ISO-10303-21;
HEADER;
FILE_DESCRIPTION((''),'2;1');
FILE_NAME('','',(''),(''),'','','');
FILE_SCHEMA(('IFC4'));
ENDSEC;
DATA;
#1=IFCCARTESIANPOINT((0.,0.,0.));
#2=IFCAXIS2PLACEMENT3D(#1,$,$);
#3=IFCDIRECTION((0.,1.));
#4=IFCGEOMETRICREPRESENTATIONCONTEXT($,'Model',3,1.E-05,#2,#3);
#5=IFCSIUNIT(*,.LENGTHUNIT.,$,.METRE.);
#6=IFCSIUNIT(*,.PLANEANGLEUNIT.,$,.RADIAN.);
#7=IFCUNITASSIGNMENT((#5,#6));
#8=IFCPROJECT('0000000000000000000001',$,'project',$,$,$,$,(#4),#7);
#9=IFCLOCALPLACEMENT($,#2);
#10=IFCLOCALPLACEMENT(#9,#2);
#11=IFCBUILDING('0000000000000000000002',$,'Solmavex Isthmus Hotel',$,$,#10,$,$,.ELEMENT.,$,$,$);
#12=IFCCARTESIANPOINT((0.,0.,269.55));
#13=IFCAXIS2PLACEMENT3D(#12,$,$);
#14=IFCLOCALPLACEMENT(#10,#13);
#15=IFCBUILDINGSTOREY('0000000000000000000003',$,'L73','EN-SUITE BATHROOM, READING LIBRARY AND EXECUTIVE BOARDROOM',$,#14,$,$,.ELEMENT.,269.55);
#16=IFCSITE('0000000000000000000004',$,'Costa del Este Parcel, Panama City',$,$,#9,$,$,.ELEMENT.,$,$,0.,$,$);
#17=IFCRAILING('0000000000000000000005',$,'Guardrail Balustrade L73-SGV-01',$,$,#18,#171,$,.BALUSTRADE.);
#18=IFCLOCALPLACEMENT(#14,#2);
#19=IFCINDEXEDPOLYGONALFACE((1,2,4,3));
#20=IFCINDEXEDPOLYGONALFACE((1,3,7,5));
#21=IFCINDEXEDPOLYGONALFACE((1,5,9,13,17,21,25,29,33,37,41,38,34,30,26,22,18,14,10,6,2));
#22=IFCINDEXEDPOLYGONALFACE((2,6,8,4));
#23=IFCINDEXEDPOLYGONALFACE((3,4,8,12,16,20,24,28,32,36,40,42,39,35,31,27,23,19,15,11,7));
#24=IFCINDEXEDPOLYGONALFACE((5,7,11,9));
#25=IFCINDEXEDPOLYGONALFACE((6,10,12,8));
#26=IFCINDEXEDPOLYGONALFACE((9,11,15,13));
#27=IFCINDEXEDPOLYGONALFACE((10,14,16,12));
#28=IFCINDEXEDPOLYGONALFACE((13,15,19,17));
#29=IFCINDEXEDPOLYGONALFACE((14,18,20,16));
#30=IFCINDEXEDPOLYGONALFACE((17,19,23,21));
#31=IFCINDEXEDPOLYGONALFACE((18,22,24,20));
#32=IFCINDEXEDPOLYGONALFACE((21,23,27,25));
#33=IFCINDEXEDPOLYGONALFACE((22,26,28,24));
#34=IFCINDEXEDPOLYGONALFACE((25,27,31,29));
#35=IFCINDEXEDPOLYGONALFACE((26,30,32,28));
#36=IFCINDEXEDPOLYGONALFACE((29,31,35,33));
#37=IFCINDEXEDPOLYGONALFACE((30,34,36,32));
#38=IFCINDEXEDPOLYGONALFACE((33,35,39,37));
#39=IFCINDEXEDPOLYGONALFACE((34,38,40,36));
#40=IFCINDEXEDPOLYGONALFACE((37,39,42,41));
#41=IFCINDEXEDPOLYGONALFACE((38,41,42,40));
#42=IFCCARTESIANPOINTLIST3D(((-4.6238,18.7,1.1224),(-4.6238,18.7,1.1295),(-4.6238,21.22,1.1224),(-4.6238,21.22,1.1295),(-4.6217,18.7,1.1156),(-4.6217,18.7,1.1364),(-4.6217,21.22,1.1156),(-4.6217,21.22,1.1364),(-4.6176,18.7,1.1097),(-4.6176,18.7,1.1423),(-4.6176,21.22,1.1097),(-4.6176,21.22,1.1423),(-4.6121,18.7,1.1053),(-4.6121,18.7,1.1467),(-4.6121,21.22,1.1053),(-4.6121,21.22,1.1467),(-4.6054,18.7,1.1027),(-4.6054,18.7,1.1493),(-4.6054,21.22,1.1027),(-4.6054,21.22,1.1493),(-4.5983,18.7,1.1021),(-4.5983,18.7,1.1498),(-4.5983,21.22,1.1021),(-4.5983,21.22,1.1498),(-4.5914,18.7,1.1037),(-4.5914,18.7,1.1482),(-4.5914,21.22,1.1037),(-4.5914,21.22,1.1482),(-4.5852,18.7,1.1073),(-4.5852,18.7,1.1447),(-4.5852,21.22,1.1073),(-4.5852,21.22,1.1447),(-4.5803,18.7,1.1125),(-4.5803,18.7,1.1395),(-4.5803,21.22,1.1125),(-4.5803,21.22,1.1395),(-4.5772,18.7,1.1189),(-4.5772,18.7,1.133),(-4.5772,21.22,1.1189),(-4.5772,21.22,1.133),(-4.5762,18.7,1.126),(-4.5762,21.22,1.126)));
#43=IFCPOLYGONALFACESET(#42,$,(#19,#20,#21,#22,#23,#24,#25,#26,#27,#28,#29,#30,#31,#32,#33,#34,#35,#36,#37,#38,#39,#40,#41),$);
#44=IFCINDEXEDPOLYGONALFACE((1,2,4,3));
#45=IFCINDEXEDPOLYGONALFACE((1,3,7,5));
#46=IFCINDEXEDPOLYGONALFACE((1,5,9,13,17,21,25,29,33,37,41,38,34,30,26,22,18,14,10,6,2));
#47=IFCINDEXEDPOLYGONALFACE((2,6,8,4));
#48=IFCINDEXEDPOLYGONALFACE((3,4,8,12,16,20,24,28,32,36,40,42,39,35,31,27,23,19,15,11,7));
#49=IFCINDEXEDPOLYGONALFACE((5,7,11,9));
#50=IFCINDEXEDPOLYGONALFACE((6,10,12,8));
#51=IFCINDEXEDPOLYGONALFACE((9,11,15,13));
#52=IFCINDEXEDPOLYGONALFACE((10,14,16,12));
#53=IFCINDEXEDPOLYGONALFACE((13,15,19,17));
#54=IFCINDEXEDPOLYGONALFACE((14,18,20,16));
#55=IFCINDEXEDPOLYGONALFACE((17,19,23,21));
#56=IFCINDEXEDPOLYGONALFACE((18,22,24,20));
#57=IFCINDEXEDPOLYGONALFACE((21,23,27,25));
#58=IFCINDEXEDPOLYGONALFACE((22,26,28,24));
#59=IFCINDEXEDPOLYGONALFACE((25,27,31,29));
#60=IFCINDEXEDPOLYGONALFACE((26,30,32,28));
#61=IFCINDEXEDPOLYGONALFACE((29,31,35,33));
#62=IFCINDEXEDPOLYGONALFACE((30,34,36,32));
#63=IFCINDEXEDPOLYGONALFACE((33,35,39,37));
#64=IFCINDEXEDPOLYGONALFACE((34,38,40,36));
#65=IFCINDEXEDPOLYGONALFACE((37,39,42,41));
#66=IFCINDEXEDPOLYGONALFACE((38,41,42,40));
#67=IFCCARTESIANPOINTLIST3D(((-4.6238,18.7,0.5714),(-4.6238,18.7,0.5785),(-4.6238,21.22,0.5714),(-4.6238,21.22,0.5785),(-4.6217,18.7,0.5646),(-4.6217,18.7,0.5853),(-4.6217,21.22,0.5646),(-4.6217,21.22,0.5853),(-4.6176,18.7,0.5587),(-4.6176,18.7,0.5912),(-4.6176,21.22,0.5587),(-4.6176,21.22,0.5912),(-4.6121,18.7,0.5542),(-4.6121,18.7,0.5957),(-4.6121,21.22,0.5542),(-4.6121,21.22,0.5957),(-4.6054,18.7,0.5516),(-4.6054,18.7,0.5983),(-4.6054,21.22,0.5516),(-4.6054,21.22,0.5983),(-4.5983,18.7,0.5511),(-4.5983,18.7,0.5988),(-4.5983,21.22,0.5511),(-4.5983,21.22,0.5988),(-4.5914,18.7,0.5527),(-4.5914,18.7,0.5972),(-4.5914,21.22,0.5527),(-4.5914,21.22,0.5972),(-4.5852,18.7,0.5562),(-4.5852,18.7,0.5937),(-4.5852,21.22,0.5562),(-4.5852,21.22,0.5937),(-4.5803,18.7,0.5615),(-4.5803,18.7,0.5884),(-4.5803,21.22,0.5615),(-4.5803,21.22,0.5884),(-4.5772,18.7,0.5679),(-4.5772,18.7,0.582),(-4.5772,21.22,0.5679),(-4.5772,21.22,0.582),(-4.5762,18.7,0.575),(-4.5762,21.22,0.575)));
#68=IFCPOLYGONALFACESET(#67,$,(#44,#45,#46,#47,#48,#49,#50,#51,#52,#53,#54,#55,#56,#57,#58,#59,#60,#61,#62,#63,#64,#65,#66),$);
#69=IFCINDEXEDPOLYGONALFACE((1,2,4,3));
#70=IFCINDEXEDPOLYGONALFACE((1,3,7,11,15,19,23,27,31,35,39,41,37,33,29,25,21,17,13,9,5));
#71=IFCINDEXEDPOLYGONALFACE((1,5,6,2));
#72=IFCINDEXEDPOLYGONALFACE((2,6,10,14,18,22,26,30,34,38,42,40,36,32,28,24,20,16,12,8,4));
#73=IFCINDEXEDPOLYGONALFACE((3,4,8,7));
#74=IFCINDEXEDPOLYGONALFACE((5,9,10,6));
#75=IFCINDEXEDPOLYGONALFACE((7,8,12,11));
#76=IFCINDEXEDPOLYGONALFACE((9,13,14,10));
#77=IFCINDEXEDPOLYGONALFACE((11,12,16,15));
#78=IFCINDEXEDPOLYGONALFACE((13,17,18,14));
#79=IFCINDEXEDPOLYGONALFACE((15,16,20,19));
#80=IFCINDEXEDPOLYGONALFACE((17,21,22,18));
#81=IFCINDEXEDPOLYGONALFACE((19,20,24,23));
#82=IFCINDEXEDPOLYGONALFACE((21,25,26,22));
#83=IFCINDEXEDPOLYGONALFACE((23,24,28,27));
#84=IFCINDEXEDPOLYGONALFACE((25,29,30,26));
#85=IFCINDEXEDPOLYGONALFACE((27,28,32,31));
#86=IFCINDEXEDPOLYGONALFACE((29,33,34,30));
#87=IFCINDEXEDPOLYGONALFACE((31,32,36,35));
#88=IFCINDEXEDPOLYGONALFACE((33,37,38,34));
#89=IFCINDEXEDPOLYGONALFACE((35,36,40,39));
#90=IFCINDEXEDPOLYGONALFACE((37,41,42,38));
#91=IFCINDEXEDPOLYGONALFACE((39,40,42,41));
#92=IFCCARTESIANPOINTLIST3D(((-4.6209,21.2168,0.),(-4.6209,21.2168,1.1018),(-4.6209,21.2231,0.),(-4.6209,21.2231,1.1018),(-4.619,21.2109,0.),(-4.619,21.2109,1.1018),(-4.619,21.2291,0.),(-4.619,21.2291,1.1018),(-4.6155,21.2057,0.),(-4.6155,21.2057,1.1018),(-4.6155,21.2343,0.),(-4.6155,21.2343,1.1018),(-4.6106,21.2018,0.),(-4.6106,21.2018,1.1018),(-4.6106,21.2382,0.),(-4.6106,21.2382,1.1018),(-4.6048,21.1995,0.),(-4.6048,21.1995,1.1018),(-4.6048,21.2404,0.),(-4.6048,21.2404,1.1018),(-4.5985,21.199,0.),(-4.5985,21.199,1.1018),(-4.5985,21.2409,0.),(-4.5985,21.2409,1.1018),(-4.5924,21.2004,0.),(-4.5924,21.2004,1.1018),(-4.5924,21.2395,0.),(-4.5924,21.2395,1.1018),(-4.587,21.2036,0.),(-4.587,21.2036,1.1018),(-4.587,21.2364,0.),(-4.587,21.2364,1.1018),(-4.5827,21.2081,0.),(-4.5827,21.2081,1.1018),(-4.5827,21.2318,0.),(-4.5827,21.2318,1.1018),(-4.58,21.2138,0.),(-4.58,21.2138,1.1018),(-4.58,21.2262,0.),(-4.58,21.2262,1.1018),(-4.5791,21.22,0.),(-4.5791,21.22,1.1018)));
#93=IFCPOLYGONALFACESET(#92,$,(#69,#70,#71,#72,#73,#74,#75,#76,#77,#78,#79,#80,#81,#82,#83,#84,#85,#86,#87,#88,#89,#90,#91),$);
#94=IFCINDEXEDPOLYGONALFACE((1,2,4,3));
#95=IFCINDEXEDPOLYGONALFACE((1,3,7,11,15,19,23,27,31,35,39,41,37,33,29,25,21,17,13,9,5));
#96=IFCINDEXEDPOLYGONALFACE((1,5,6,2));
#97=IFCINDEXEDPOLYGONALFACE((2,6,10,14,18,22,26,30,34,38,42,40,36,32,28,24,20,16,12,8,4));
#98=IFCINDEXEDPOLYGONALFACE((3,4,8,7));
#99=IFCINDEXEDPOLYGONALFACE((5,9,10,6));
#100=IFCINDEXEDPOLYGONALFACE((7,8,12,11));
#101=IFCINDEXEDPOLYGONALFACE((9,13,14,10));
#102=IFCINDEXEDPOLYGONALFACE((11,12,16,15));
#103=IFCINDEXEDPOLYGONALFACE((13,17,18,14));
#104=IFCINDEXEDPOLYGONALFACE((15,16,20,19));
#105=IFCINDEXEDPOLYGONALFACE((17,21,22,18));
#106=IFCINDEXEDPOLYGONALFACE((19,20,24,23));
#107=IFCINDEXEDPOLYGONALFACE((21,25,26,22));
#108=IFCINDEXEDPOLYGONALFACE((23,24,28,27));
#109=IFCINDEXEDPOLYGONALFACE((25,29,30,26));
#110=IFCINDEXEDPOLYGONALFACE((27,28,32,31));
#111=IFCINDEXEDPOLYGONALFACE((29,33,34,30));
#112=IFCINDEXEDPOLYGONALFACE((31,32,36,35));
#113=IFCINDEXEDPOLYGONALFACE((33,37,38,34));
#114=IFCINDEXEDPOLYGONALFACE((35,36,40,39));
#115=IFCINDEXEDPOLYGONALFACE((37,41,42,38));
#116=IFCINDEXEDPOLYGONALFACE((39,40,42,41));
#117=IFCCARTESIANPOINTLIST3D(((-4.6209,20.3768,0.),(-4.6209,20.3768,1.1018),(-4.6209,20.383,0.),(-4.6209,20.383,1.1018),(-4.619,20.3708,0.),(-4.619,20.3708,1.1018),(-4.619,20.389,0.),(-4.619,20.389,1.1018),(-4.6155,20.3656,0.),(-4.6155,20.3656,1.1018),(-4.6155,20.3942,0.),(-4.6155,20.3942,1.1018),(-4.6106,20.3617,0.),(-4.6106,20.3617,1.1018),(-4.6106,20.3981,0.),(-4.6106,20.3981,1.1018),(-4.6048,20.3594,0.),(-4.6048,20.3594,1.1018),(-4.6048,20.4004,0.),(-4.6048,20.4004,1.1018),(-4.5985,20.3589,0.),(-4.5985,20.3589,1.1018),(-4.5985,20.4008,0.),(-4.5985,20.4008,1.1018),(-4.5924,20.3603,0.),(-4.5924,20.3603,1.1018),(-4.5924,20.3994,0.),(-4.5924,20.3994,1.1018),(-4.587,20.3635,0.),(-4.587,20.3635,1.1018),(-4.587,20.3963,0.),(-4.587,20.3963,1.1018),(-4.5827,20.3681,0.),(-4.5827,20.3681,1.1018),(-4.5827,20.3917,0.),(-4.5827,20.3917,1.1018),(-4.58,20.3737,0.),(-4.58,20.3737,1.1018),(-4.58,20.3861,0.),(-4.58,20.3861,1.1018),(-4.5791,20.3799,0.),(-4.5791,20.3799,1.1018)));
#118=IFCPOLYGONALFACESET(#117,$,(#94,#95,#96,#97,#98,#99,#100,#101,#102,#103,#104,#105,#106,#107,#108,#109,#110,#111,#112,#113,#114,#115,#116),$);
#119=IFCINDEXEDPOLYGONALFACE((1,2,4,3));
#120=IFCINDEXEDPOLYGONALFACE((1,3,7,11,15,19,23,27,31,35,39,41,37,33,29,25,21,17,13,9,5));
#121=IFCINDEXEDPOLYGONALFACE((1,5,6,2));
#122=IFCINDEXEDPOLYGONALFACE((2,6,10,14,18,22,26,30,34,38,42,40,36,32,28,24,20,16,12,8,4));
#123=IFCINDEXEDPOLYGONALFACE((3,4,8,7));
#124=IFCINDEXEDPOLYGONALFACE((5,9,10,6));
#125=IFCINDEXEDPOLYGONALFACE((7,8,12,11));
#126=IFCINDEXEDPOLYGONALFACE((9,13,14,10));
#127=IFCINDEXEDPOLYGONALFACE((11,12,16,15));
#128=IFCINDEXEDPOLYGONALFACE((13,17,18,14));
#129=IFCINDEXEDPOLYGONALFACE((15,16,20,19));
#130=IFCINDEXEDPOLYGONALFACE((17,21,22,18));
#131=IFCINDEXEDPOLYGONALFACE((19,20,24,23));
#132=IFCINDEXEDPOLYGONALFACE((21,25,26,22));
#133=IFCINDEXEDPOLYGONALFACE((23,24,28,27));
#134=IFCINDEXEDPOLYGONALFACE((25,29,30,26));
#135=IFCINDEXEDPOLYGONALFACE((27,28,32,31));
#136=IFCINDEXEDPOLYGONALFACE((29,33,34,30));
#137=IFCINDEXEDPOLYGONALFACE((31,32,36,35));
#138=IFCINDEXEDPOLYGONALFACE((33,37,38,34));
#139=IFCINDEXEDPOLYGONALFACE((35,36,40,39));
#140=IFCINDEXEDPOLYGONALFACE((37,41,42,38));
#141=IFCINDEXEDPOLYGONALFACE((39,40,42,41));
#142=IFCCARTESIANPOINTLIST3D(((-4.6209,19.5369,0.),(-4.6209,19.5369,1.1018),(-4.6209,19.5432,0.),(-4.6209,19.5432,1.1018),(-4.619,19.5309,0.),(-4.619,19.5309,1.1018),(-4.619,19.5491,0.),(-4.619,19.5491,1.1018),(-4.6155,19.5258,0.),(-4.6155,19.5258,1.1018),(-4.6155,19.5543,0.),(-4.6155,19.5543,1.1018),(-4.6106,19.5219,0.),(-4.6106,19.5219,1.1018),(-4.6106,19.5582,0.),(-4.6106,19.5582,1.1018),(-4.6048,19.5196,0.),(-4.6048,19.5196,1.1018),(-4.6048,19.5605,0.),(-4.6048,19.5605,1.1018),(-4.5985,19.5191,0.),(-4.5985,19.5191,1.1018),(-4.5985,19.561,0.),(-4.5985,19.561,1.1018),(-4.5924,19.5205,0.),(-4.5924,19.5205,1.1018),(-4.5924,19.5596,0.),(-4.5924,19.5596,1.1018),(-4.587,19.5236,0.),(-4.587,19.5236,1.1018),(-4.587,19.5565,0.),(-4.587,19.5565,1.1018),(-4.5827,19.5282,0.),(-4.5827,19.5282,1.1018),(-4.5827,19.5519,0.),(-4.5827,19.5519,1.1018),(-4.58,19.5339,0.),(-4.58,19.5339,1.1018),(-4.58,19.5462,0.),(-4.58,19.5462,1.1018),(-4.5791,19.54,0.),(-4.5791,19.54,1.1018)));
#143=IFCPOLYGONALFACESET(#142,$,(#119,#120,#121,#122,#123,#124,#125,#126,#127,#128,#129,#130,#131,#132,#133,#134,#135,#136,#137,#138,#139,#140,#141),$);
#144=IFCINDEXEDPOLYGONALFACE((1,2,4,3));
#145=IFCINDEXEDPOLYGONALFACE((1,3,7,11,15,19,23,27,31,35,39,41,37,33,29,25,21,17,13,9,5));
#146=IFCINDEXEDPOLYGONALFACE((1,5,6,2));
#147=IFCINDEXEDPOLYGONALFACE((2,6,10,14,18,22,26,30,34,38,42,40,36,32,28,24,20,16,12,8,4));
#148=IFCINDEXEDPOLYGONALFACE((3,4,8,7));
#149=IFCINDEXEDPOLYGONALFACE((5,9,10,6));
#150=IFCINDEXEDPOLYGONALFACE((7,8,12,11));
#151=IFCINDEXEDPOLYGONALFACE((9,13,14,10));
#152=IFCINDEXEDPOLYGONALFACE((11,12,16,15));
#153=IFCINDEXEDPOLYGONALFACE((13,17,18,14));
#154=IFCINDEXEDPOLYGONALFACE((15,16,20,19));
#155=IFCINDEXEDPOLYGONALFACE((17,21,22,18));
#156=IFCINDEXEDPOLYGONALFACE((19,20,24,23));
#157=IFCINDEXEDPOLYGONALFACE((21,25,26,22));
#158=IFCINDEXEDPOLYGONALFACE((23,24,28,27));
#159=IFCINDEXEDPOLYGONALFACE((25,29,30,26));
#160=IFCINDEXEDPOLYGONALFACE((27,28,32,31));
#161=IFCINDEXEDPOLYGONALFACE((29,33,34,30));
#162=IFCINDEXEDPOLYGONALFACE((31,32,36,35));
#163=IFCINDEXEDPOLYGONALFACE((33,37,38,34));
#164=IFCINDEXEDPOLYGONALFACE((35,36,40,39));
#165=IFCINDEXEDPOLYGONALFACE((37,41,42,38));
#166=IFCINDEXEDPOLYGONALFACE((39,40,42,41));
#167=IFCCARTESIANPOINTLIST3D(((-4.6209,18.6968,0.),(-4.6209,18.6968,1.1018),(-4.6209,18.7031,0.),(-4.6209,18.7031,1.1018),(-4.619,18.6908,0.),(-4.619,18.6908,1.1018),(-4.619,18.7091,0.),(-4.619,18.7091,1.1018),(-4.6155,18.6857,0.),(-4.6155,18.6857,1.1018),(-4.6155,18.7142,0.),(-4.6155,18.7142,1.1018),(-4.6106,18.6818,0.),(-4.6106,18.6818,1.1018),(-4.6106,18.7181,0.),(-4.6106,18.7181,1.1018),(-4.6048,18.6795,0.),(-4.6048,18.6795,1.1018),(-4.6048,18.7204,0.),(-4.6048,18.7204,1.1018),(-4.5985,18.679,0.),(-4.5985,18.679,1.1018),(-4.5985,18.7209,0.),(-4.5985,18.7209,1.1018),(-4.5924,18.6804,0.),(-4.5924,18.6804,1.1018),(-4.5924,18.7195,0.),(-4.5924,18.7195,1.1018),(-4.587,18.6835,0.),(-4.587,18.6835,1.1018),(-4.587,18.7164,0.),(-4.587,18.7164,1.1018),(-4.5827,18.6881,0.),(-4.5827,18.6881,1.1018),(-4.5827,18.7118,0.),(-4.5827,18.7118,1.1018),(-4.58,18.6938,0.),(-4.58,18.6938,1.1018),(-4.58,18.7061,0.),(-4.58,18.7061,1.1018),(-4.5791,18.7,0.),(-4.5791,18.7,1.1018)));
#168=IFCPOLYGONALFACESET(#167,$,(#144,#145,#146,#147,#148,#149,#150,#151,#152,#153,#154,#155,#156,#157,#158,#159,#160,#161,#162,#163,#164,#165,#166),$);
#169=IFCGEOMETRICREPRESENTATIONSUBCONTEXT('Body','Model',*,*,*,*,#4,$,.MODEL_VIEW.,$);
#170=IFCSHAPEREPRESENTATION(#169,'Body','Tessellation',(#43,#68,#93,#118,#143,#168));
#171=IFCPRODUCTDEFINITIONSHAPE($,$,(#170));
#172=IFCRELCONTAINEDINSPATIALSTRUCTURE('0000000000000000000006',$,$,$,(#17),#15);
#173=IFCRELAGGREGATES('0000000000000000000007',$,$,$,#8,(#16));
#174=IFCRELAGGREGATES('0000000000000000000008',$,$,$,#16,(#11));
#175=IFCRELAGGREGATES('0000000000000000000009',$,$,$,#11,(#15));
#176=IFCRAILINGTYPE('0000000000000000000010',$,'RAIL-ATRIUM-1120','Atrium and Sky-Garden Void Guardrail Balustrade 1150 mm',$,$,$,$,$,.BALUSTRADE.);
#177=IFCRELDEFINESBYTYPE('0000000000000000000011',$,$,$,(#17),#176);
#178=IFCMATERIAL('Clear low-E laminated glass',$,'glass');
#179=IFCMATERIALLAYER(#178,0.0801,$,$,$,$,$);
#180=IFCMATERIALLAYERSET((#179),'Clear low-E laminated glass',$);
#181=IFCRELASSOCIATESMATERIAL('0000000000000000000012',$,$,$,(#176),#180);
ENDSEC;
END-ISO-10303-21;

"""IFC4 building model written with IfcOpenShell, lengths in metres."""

from ifc_helpers import new_model, si_unit, direction, frame, origin, origin_2d, place, context, subcontext, project, spatial, circle, extrude, material, layer, layer_set, type_object, element, save


model = new_model("IFC4")

# Units and contexts
model_context = context("Model", 3, precision=1e-05, world=origin(), true_north=direction((0.0, 1.0)))
body_context = subcontext(model_context, "Body", "Model", "MODEL_VIEW")
ifc_project = project(units=[si_unit("LENGTHUNIT", "METRE"), si_unit("PLANEANGLEUNIT", "RADIAN")], contexts=[model_context])

# Site, building, storey
site_placement = place(None, origin())
site = spatial("IfcSite", under=ifc_project, at=site_placement, Name="Costa del Este Parcel, Panama City", CompositionType="ELEMENT", RefElevation=0.0)
building_placement = place(site_placement, origin())
building = spatial("IfcBuilding", under=site, at=building_placement, Name="Solmavex Isthmus Hotel", CompositionType="ELEMENT")
storey_placement = place(building_placement, frame((0.0, 0.0, 269.55)))
storey = spatial("IfcBuildingStorey", under=building, at=storey_placement, Name="L73", Description="EN-SUITE BATHROOM, READING LIBRARY AND EXECUTIVE BOARDROOM", CompositionType="ELEMENT", Elevation=269.55)

# Shared definitions
ifc_material_1 = material(Name="Clear low-E laminated glass", Category="glass")

# Railing
ifc_layer_1 = layer(ifc_material_1, 0.0801)
ifc_layer_set_1 = layer_set([ifc_layer_1], Name="Clear low-E laminated glass")
railing_type_1 = type_object("IfcRailingType", Name="RAIL-ATRIUM-1120", Description="Atrium and Sky-Garden Void Guardrail Balustrade 1150 mm", PredefinedType="BALUSTRADE", material=ifc_layer_set_1)
railing_1_placement = place(storey_placement, frame((-4.6001, 21.22, 0.0)))
element("IfcRailing", 1, at=railing_1_placement, inside=storey, type_object=railing_type_1, Name="Guardrail Balustrade L73-SGV-01", PredefinedType="BALUSTRADE", context=body_context, shape_type="SweptSolid", body=[
    extrude(circle(Radius=0.0239, at=origin_2d()), frame((0.0, 0.0, 1.126), z_axis=(0.0, -1.0, 0.0), x_axis=(1.0, 0.0, 0.0)), (0.0, 0.0, 1.0), 2.52),
    extrude(circle(Radius=0.0239, at=origin_2d()), frame((0.0, 0.0, 0.575), z_axis=(0.0, -1.0, 0.0), x_axis=(1.0, 0.0, 0.0)), (0.0, 0.0, 1.0), 2.52),
    extrude(circle(Radius=0.021, at=origin_2d()), origin(), (0.0, 0.0, 1.0), 1.1018),
    extrude(circle(Radius=0.021, at=origin_2d()), frame((0.0, -0.8401, 0.0)), (0.0, 0.0, 1.0), 1.1018),
    extrude(circle(Radius=0.021, at=origin_2d()), frame((0.0, -1.6799, 0.0)), (0.0, 0.0, 1.0), 1.1018),
    extrude(circle(Radius=0.021, at=origin_2d()), frame((0.0, -2.52, 0.0)), (0.0, 0.0, 1.0), 1.1018),
])

save(model, "model.ifc")
